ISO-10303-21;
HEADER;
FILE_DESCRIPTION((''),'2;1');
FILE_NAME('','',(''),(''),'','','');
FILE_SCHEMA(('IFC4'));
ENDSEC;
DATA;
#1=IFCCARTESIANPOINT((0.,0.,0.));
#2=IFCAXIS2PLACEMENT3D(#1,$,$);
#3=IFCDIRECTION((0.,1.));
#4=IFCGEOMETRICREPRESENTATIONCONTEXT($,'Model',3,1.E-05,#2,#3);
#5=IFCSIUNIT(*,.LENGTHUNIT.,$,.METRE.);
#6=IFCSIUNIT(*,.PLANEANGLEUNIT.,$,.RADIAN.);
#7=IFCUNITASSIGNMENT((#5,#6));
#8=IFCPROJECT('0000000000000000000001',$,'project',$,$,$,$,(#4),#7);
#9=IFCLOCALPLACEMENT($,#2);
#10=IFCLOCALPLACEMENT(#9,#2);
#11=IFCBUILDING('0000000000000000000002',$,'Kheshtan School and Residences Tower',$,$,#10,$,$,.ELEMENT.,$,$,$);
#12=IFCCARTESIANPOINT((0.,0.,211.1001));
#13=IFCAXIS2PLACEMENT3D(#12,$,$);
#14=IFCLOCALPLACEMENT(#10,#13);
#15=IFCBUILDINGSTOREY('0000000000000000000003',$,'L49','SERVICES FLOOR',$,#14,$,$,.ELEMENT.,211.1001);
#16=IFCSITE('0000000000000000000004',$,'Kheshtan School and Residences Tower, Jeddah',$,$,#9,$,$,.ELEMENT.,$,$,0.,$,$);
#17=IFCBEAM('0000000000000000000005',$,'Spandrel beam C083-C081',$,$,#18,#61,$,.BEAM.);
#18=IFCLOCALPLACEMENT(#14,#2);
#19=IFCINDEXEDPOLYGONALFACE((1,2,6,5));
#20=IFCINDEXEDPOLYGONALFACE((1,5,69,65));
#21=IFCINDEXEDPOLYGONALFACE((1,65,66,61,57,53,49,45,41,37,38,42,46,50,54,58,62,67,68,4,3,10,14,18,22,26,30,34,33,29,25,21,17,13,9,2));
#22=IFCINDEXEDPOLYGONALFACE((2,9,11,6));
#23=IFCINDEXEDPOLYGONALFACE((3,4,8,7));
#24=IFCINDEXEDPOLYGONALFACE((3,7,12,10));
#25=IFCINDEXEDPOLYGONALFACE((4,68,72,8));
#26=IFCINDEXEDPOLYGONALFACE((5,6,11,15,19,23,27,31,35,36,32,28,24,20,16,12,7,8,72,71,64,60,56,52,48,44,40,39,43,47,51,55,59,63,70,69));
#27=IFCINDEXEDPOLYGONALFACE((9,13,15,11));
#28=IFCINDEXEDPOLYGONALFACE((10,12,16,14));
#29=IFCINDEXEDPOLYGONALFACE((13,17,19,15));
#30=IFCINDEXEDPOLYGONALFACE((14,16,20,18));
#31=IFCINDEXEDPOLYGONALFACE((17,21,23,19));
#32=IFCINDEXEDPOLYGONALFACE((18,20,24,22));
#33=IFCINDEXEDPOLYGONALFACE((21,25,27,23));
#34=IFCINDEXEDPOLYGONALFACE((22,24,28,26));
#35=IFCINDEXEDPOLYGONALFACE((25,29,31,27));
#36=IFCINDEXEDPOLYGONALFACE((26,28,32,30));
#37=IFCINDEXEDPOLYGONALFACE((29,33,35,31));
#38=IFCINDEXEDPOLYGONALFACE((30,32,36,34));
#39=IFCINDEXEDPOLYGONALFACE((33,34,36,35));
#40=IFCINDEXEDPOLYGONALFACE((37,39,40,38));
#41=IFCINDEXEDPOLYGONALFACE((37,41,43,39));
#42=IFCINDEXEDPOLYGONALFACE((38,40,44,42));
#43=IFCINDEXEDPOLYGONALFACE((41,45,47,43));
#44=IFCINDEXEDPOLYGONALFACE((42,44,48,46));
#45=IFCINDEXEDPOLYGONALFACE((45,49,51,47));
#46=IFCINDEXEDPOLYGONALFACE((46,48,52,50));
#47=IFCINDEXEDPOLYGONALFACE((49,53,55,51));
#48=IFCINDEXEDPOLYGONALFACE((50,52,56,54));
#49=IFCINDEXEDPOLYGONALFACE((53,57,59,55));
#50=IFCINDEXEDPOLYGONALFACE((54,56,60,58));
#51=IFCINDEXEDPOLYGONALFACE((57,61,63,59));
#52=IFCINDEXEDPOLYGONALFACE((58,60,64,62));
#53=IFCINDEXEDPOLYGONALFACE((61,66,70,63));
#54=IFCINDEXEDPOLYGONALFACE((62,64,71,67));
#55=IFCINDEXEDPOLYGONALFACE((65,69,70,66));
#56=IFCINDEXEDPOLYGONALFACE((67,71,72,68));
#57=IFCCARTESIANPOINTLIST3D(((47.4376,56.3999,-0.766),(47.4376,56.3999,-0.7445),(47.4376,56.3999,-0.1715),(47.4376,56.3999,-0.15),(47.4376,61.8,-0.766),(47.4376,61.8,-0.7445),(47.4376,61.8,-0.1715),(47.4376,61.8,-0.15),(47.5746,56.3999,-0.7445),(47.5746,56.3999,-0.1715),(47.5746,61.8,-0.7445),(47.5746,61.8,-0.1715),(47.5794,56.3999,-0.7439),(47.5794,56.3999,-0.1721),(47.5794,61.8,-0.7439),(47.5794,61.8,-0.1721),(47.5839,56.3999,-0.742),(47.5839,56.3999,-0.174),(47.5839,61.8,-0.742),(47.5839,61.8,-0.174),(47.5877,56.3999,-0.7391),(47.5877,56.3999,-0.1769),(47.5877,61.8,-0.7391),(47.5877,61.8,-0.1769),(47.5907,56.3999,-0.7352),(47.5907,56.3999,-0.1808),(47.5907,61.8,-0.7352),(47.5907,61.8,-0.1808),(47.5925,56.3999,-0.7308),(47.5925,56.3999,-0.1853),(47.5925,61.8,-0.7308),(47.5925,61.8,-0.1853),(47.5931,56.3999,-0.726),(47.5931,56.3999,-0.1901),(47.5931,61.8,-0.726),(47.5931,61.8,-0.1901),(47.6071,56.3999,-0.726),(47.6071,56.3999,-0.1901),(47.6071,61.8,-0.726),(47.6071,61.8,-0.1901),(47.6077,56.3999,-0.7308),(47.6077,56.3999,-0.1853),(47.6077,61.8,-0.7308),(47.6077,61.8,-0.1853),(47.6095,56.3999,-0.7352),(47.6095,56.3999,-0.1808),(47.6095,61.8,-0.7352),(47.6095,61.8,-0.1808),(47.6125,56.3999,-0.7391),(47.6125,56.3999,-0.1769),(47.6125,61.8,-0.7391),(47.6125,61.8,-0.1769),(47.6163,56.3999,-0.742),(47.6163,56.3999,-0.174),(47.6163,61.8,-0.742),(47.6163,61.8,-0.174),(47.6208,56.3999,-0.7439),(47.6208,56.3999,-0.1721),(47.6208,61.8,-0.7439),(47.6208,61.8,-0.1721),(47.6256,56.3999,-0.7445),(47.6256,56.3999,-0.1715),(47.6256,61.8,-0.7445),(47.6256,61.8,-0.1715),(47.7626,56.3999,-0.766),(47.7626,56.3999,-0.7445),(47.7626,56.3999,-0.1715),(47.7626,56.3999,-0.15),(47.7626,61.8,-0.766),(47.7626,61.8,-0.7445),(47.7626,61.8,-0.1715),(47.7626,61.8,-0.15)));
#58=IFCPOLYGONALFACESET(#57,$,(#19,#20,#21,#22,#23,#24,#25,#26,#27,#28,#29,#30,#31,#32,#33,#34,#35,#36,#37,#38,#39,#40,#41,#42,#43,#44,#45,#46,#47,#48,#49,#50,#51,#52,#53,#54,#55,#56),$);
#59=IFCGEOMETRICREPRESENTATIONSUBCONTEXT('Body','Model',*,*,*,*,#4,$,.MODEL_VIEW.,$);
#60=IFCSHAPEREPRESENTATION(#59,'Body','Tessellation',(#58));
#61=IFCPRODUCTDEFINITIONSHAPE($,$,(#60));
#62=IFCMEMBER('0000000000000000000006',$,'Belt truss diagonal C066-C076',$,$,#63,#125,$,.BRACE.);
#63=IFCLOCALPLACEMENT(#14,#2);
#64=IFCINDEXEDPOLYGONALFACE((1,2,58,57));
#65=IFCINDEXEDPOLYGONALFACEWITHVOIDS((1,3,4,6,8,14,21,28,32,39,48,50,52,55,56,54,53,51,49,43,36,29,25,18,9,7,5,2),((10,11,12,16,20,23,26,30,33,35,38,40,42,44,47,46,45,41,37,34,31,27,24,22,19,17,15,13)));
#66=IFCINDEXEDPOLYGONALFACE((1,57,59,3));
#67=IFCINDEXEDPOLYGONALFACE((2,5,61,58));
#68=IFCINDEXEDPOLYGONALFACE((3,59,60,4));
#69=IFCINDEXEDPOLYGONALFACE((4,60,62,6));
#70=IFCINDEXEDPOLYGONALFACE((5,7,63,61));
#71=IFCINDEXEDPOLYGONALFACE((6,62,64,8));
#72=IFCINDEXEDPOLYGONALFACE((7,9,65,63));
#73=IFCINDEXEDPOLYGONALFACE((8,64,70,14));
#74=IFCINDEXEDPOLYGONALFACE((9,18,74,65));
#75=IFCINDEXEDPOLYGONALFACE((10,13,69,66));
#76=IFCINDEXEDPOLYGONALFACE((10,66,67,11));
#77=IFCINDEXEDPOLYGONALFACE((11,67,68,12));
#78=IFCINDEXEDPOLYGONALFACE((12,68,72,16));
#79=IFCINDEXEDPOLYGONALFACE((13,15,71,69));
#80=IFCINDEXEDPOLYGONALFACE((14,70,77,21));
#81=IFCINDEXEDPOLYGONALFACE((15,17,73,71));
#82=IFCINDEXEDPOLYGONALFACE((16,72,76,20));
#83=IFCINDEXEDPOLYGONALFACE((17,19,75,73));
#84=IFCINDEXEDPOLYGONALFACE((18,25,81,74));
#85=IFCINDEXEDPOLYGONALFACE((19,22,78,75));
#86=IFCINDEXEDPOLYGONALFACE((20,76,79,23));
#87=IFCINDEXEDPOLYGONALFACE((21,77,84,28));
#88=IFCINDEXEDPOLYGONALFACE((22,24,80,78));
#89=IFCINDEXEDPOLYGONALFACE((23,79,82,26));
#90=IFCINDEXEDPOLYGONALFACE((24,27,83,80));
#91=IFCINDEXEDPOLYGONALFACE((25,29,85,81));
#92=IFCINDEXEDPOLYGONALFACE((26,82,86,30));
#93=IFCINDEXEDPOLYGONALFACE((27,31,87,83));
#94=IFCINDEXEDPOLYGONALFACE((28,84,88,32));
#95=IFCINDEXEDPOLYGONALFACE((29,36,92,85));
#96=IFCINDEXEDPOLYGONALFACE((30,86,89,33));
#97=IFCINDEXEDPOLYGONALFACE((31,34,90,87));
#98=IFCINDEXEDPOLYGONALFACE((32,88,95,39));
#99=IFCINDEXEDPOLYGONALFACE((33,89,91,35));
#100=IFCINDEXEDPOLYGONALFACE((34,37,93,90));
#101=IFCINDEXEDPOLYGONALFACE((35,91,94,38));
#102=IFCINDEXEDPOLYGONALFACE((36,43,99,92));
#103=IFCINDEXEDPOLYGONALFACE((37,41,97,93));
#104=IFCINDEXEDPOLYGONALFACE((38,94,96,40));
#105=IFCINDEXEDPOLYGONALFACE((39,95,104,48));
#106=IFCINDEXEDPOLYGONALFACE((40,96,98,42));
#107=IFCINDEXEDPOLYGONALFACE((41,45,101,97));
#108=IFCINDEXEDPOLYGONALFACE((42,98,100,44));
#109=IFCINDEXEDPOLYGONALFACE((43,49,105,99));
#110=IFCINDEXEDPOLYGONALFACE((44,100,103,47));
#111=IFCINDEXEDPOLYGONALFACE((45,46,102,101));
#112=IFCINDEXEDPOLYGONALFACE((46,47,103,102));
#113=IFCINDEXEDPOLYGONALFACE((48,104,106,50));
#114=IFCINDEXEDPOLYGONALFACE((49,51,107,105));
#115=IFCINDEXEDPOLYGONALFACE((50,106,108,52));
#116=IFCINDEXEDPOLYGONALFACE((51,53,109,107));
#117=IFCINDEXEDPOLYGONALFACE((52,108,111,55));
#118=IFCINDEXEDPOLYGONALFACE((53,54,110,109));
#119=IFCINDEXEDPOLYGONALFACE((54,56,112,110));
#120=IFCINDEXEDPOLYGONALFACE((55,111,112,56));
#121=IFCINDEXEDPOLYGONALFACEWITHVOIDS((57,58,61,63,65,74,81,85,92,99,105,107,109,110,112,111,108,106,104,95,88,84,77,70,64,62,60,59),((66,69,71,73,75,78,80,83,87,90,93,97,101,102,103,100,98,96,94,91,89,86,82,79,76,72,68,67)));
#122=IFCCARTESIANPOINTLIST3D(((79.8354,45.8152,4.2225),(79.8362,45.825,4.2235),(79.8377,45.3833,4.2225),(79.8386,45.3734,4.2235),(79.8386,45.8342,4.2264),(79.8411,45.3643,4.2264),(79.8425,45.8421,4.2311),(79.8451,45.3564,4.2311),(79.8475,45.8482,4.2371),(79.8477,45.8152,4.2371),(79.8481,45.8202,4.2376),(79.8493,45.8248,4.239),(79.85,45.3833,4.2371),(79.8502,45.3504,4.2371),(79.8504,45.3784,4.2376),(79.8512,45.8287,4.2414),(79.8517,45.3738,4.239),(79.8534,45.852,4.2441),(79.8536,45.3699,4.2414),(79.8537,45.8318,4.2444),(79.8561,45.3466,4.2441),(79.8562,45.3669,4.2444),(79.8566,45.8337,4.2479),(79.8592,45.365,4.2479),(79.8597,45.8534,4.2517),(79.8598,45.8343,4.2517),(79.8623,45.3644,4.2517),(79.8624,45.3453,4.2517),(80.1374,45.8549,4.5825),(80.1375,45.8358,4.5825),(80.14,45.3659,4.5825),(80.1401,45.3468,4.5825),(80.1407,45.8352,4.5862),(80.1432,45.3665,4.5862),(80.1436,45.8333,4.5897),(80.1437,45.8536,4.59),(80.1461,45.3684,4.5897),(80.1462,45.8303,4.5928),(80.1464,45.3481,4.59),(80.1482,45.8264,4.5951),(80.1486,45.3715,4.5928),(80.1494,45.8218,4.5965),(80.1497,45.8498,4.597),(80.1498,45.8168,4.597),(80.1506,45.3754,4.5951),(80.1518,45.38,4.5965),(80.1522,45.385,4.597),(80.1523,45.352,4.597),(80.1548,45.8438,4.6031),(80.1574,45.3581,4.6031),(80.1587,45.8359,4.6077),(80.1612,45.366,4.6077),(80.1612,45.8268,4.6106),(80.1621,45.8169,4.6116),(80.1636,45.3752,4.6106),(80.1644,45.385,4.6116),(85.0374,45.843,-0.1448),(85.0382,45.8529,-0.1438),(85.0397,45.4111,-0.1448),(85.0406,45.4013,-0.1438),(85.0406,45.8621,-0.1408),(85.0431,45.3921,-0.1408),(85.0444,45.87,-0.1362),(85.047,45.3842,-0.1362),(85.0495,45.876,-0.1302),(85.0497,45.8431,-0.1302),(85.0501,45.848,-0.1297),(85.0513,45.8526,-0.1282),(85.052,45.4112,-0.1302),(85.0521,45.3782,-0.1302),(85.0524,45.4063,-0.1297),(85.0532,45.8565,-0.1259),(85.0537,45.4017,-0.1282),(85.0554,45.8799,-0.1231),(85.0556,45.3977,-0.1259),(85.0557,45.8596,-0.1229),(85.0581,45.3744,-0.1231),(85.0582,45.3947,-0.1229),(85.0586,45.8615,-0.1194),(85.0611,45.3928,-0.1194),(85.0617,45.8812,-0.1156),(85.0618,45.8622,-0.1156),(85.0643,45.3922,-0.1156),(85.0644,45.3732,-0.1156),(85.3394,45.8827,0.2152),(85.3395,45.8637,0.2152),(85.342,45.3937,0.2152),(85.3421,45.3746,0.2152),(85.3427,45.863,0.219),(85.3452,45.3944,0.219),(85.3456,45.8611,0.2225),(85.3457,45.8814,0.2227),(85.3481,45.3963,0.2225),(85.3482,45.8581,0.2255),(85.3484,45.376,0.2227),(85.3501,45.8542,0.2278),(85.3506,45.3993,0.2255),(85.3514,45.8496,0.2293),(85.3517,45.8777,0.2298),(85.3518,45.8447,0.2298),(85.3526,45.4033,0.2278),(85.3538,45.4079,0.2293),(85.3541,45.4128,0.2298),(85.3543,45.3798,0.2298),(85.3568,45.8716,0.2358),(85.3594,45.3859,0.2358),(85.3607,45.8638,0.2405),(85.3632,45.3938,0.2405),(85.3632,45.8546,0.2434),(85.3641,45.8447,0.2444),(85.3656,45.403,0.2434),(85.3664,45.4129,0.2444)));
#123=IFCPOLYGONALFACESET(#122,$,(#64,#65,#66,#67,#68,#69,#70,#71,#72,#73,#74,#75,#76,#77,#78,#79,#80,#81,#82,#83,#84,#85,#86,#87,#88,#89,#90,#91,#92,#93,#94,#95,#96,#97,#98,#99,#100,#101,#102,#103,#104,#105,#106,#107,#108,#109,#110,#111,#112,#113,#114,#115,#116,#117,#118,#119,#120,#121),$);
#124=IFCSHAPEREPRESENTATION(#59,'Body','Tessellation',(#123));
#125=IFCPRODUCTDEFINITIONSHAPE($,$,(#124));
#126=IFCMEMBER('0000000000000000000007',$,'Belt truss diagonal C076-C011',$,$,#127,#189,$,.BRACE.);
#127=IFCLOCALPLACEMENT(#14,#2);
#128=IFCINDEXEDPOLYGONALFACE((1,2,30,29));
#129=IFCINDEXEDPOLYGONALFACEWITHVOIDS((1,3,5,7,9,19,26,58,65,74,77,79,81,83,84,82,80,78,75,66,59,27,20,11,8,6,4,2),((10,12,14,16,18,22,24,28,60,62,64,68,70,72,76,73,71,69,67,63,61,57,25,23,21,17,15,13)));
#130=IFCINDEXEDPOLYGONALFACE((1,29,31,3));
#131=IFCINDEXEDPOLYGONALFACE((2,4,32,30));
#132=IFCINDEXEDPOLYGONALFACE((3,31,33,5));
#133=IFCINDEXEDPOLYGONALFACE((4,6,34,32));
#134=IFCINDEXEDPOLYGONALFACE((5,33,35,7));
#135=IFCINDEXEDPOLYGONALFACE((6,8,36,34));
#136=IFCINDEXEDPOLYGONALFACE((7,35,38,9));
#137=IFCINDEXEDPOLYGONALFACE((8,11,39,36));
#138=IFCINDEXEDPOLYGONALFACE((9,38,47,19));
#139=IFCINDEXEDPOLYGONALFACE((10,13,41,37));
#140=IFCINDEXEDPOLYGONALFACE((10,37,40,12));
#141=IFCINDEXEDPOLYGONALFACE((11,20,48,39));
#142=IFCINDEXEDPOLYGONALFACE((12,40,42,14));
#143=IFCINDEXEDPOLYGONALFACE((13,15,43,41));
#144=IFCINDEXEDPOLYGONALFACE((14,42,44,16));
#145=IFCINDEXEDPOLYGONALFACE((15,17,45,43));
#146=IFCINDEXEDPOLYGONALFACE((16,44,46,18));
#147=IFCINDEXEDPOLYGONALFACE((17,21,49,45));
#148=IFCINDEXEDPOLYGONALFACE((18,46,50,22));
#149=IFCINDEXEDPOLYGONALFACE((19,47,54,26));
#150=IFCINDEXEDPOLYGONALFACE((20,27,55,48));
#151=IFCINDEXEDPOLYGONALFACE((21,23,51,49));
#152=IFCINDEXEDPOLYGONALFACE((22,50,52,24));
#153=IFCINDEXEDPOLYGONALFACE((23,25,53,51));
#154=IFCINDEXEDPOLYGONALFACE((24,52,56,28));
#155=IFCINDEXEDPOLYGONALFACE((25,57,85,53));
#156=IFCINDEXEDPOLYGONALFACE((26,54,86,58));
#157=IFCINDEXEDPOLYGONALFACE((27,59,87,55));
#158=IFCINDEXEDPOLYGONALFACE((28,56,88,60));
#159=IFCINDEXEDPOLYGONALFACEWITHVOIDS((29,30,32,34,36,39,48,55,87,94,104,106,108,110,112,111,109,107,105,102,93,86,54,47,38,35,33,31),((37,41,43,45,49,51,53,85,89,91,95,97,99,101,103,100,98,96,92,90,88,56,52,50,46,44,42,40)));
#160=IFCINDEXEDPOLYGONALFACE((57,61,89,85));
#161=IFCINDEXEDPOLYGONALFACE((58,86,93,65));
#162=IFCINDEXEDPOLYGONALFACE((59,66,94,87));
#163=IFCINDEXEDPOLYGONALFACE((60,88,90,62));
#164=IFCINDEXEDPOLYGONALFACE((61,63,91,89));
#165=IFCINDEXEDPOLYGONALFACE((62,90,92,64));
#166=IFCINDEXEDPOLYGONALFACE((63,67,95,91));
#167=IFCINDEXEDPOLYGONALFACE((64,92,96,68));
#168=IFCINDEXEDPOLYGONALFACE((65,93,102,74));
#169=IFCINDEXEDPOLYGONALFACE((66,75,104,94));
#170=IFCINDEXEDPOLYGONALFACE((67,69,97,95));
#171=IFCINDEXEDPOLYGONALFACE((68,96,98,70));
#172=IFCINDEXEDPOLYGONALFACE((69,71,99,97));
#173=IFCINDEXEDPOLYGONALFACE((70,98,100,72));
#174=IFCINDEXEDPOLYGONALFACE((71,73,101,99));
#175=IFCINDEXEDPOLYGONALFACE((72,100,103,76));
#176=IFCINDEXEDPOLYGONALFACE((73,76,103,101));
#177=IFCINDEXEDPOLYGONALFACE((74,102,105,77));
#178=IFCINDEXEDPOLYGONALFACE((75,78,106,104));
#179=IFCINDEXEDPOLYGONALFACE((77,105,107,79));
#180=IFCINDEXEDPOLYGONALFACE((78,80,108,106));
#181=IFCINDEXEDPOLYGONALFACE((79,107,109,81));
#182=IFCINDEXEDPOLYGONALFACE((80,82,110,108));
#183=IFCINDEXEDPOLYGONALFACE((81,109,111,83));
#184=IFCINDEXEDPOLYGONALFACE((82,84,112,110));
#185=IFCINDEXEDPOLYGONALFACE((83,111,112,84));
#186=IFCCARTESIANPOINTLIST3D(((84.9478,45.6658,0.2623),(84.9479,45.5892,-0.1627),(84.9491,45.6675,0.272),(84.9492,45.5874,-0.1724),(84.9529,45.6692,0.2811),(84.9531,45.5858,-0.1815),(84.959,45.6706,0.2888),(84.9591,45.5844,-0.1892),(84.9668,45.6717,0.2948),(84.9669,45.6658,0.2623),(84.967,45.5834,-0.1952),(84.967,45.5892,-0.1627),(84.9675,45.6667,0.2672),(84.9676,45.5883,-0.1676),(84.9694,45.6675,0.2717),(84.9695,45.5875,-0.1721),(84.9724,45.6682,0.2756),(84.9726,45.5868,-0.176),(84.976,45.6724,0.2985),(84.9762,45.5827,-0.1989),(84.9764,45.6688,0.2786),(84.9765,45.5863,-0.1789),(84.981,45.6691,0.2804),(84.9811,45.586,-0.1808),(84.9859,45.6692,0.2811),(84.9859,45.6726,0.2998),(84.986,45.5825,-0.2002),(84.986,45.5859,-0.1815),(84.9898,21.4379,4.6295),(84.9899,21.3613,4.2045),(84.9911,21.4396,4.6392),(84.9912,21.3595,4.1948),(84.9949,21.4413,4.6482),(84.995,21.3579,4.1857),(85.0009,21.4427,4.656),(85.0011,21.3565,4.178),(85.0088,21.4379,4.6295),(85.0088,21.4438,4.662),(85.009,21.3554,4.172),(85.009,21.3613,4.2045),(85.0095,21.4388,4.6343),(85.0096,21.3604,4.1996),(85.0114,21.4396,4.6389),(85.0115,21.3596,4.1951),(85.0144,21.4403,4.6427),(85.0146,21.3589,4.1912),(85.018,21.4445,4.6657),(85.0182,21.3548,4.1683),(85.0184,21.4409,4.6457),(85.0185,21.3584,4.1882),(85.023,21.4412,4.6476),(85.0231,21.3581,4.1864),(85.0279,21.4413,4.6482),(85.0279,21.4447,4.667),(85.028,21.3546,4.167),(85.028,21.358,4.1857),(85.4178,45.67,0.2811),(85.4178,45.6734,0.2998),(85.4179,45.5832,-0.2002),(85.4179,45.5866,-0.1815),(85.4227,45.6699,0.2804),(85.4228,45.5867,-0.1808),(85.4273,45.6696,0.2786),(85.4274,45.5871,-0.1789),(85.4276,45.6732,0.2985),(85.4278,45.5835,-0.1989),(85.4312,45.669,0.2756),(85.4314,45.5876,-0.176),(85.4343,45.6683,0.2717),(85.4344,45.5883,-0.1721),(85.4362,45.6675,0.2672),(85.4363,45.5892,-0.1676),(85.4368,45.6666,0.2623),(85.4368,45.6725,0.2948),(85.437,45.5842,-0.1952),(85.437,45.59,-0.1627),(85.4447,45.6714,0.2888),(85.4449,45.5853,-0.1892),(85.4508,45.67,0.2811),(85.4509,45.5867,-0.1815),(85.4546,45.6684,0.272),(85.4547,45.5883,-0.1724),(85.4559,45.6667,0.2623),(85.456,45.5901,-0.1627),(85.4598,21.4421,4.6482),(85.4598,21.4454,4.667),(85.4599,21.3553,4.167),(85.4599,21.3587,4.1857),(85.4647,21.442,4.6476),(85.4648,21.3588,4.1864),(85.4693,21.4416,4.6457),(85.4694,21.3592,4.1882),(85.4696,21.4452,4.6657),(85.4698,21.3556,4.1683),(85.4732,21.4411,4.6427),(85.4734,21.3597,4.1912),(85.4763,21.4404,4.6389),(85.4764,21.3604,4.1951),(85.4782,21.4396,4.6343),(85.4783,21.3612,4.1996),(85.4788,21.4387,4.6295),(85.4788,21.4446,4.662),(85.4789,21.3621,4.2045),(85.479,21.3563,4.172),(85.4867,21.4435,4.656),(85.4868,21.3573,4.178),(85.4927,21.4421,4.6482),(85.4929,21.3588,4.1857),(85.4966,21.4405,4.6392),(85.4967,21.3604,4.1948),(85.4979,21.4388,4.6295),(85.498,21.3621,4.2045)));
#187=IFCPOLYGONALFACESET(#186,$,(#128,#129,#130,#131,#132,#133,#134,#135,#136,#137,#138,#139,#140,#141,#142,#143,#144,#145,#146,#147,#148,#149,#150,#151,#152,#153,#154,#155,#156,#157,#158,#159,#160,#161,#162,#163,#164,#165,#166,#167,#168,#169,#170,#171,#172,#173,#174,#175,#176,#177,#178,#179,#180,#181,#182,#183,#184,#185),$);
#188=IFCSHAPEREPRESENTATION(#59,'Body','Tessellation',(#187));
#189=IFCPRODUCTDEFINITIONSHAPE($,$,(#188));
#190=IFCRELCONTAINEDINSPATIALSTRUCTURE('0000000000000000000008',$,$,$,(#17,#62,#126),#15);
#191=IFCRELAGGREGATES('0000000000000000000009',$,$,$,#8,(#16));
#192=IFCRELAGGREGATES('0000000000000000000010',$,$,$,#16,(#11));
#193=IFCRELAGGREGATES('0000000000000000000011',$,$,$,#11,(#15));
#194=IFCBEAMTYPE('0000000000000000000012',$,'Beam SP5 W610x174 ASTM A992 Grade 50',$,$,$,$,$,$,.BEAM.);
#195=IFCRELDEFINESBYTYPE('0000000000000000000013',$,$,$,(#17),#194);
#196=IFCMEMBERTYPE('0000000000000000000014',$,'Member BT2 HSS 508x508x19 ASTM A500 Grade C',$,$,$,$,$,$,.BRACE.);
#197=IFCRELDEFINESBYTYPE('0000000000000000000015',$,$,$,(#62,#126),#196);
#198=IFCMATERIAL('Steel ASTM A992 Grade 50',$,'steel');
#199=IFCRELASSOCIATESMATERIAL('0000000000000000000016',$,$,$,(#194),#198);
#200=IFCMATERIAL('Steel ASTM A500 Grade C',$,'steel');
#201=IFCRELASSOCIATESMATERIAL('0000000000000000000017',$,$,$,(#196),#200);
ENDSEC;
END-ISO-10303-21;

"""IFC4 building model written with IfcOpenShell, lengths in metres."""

from ifc_helpers import new_model, si_unit, direction, frame, origin, origin_2d, place, context, subcontext, project, spatial, hollow_rectangle, i_section, extrude, material, material_profile, profile_set, type_object, element, save


model = new_model("IFC4")

# Units and contexts
model_context = context("Model", 3, precision=1e-05, world=origin(), true_north=direction((0.0, 1.0)))
body_context = subcontext(model_context, "Body", "Model", "MODEL_VIEW")
ifc_project = project(units=[si_unit("LENGTHUNIT", "METRE"), si_unit("PLANEANGLEUNIT", "RADIAN")], contexts=[model_context])

# Site, building, storey
site_placement = place(None, origin())
site = spatial("IfcSite", under=ifc_project, at=site_placement, Name="Kheshtan School and Residences Tower, Jeddah", CompositionType="ELEMENT", RefElevation=0.0)
building_placement = place(site_placement, origin())
building = spatial("IfcBuilding", under=site, at=building_placement, Name="Kheshtan School and Residences Tower", CompositionType="ELEMENT")
storey_placement = place(building_placement, frame((0.0, 0.0, 211.1001)))
storey = spatial("IfcBuildingStorey", under=building, at=storey_placement, Name="L49", Description="SERVICES FLOOR", CompositionType="ELEMENT", Elevation=211.1001)

# Shared definitions
ifc_material_1 = material(Name="Steel ASTM A992 Grade 50", Category="steel")

# Beam
ifc_material_profile_1 = material_profile(ifc_material_1, i_section(OverallWidth=0.325, OverallDepth=0.616, WebThickness=0.0139, FlangeThickness=0.0215, FilletRadius=0.0186, at=origin_2d()), Name="W610x174")
ifc_profile_set_1 = profile_set([ifc_material_profile_1], Name="Steel ASTM A992 Grade 50")
beam_type_1 = type_object("IfcBeamType", Name="Beam SP5 W610x174 ASTM A992 Grade 50", PredefinedType="BEAM", material=ifc_profile_set_1)
beam_1_placement = place(storey_placement, frame((47.6001, 61.8, -0.458), z_axis=(0.0, -1.0, 0.0), x_axis=(1.0, 0.0, 0.0)))
element("IfcBeam", 1, at=beam_1_placement, inside=storey, type_object=beam_type_1, Name="Spandrel beam C083-C081", PredefinedType="BEAM", context=body_context, shape_type="SweptSolid", body=[
    extrude(i_section(OverallWidth=0.325, OverallDepth=0.616, WebThickness=0.0139, FlangeThickness=0.0215, FilletRadius=0.0186, at=origin_2d()), origin(), (0.0, 0.0, 1.0), 5.4001),
])

# Members
ifc_material_2 = material(Name="Steel ASTM A500 Grade C", Category="steel")
ifc_material_profile_2 = material_profile(ifc_material_2, hollow_rectangle(XDim=0.5081, YDim=0.5081, WallThickness=0.019, InnerFilletRadius=0.019, OuterFilletRadius=0.0381, at=origin_2d()), Name="HSS 508x508x19")
ifc_profile_set_2 = profile_set([ifc_material_profile_2], Name="Steel ASTM A500 Grade C")
member_type = type_object("IfcMemberType", Name="Member BT2 HSS 508x508x19 ASTM A500 Grade C", PredefinedType="BRACE", material=ifc_profile_set_2)
member_1_placement = place(storey_placement, frame((85.2019, 45.6279, 0.0498), z_axis=(-0.765873, -0.004098, 0.642978), x_axis=(0.00535, -0.999986, 0.0)))
element("IfcMember", 2, at=member_1_placement, inside=storey, type_object=member_type, Name="Belt truss diagonal C066-C076", PredefinedType="BRACE", context=body_context, shape_type="SweptSolid", body=[
    extrude(hollow_rectangle(XDim=0.5081, YDim=0.5081, WallThickness=0.019, InnerFilletRadius=0.019, OuterFilletRadius=0.0381, at=origin_2d()), origin(), (0.0, 0.0, 1.0), 6.7922),
])
member_2_placement = place(storey_placement, frame((85.2019, 45.6279, 0.0498), z_axis=(0.001706, -0.984138, 0.177394), x_axis=(0.999998, 0.001733, 0.0)))
element("IfcMember", 3, at=member_2_placement, inside=storey, type_object=member_type, Name="Belt truss diagonal C076-C011", PredefinedType="BRACE", context=body_context, shape_type="SweptSolid", body=[
    extrude(hollow_rectangle(XDim=0.5081, YDim=0.5081, WallThickness=0.019, InnerFilletRadius=0.019, OuterFilletRadius=0.0381, at=origin_2d()), origin(), (0.0, 0.0, 1.0), 24.6184),
])

save(model, "model.ifc")
